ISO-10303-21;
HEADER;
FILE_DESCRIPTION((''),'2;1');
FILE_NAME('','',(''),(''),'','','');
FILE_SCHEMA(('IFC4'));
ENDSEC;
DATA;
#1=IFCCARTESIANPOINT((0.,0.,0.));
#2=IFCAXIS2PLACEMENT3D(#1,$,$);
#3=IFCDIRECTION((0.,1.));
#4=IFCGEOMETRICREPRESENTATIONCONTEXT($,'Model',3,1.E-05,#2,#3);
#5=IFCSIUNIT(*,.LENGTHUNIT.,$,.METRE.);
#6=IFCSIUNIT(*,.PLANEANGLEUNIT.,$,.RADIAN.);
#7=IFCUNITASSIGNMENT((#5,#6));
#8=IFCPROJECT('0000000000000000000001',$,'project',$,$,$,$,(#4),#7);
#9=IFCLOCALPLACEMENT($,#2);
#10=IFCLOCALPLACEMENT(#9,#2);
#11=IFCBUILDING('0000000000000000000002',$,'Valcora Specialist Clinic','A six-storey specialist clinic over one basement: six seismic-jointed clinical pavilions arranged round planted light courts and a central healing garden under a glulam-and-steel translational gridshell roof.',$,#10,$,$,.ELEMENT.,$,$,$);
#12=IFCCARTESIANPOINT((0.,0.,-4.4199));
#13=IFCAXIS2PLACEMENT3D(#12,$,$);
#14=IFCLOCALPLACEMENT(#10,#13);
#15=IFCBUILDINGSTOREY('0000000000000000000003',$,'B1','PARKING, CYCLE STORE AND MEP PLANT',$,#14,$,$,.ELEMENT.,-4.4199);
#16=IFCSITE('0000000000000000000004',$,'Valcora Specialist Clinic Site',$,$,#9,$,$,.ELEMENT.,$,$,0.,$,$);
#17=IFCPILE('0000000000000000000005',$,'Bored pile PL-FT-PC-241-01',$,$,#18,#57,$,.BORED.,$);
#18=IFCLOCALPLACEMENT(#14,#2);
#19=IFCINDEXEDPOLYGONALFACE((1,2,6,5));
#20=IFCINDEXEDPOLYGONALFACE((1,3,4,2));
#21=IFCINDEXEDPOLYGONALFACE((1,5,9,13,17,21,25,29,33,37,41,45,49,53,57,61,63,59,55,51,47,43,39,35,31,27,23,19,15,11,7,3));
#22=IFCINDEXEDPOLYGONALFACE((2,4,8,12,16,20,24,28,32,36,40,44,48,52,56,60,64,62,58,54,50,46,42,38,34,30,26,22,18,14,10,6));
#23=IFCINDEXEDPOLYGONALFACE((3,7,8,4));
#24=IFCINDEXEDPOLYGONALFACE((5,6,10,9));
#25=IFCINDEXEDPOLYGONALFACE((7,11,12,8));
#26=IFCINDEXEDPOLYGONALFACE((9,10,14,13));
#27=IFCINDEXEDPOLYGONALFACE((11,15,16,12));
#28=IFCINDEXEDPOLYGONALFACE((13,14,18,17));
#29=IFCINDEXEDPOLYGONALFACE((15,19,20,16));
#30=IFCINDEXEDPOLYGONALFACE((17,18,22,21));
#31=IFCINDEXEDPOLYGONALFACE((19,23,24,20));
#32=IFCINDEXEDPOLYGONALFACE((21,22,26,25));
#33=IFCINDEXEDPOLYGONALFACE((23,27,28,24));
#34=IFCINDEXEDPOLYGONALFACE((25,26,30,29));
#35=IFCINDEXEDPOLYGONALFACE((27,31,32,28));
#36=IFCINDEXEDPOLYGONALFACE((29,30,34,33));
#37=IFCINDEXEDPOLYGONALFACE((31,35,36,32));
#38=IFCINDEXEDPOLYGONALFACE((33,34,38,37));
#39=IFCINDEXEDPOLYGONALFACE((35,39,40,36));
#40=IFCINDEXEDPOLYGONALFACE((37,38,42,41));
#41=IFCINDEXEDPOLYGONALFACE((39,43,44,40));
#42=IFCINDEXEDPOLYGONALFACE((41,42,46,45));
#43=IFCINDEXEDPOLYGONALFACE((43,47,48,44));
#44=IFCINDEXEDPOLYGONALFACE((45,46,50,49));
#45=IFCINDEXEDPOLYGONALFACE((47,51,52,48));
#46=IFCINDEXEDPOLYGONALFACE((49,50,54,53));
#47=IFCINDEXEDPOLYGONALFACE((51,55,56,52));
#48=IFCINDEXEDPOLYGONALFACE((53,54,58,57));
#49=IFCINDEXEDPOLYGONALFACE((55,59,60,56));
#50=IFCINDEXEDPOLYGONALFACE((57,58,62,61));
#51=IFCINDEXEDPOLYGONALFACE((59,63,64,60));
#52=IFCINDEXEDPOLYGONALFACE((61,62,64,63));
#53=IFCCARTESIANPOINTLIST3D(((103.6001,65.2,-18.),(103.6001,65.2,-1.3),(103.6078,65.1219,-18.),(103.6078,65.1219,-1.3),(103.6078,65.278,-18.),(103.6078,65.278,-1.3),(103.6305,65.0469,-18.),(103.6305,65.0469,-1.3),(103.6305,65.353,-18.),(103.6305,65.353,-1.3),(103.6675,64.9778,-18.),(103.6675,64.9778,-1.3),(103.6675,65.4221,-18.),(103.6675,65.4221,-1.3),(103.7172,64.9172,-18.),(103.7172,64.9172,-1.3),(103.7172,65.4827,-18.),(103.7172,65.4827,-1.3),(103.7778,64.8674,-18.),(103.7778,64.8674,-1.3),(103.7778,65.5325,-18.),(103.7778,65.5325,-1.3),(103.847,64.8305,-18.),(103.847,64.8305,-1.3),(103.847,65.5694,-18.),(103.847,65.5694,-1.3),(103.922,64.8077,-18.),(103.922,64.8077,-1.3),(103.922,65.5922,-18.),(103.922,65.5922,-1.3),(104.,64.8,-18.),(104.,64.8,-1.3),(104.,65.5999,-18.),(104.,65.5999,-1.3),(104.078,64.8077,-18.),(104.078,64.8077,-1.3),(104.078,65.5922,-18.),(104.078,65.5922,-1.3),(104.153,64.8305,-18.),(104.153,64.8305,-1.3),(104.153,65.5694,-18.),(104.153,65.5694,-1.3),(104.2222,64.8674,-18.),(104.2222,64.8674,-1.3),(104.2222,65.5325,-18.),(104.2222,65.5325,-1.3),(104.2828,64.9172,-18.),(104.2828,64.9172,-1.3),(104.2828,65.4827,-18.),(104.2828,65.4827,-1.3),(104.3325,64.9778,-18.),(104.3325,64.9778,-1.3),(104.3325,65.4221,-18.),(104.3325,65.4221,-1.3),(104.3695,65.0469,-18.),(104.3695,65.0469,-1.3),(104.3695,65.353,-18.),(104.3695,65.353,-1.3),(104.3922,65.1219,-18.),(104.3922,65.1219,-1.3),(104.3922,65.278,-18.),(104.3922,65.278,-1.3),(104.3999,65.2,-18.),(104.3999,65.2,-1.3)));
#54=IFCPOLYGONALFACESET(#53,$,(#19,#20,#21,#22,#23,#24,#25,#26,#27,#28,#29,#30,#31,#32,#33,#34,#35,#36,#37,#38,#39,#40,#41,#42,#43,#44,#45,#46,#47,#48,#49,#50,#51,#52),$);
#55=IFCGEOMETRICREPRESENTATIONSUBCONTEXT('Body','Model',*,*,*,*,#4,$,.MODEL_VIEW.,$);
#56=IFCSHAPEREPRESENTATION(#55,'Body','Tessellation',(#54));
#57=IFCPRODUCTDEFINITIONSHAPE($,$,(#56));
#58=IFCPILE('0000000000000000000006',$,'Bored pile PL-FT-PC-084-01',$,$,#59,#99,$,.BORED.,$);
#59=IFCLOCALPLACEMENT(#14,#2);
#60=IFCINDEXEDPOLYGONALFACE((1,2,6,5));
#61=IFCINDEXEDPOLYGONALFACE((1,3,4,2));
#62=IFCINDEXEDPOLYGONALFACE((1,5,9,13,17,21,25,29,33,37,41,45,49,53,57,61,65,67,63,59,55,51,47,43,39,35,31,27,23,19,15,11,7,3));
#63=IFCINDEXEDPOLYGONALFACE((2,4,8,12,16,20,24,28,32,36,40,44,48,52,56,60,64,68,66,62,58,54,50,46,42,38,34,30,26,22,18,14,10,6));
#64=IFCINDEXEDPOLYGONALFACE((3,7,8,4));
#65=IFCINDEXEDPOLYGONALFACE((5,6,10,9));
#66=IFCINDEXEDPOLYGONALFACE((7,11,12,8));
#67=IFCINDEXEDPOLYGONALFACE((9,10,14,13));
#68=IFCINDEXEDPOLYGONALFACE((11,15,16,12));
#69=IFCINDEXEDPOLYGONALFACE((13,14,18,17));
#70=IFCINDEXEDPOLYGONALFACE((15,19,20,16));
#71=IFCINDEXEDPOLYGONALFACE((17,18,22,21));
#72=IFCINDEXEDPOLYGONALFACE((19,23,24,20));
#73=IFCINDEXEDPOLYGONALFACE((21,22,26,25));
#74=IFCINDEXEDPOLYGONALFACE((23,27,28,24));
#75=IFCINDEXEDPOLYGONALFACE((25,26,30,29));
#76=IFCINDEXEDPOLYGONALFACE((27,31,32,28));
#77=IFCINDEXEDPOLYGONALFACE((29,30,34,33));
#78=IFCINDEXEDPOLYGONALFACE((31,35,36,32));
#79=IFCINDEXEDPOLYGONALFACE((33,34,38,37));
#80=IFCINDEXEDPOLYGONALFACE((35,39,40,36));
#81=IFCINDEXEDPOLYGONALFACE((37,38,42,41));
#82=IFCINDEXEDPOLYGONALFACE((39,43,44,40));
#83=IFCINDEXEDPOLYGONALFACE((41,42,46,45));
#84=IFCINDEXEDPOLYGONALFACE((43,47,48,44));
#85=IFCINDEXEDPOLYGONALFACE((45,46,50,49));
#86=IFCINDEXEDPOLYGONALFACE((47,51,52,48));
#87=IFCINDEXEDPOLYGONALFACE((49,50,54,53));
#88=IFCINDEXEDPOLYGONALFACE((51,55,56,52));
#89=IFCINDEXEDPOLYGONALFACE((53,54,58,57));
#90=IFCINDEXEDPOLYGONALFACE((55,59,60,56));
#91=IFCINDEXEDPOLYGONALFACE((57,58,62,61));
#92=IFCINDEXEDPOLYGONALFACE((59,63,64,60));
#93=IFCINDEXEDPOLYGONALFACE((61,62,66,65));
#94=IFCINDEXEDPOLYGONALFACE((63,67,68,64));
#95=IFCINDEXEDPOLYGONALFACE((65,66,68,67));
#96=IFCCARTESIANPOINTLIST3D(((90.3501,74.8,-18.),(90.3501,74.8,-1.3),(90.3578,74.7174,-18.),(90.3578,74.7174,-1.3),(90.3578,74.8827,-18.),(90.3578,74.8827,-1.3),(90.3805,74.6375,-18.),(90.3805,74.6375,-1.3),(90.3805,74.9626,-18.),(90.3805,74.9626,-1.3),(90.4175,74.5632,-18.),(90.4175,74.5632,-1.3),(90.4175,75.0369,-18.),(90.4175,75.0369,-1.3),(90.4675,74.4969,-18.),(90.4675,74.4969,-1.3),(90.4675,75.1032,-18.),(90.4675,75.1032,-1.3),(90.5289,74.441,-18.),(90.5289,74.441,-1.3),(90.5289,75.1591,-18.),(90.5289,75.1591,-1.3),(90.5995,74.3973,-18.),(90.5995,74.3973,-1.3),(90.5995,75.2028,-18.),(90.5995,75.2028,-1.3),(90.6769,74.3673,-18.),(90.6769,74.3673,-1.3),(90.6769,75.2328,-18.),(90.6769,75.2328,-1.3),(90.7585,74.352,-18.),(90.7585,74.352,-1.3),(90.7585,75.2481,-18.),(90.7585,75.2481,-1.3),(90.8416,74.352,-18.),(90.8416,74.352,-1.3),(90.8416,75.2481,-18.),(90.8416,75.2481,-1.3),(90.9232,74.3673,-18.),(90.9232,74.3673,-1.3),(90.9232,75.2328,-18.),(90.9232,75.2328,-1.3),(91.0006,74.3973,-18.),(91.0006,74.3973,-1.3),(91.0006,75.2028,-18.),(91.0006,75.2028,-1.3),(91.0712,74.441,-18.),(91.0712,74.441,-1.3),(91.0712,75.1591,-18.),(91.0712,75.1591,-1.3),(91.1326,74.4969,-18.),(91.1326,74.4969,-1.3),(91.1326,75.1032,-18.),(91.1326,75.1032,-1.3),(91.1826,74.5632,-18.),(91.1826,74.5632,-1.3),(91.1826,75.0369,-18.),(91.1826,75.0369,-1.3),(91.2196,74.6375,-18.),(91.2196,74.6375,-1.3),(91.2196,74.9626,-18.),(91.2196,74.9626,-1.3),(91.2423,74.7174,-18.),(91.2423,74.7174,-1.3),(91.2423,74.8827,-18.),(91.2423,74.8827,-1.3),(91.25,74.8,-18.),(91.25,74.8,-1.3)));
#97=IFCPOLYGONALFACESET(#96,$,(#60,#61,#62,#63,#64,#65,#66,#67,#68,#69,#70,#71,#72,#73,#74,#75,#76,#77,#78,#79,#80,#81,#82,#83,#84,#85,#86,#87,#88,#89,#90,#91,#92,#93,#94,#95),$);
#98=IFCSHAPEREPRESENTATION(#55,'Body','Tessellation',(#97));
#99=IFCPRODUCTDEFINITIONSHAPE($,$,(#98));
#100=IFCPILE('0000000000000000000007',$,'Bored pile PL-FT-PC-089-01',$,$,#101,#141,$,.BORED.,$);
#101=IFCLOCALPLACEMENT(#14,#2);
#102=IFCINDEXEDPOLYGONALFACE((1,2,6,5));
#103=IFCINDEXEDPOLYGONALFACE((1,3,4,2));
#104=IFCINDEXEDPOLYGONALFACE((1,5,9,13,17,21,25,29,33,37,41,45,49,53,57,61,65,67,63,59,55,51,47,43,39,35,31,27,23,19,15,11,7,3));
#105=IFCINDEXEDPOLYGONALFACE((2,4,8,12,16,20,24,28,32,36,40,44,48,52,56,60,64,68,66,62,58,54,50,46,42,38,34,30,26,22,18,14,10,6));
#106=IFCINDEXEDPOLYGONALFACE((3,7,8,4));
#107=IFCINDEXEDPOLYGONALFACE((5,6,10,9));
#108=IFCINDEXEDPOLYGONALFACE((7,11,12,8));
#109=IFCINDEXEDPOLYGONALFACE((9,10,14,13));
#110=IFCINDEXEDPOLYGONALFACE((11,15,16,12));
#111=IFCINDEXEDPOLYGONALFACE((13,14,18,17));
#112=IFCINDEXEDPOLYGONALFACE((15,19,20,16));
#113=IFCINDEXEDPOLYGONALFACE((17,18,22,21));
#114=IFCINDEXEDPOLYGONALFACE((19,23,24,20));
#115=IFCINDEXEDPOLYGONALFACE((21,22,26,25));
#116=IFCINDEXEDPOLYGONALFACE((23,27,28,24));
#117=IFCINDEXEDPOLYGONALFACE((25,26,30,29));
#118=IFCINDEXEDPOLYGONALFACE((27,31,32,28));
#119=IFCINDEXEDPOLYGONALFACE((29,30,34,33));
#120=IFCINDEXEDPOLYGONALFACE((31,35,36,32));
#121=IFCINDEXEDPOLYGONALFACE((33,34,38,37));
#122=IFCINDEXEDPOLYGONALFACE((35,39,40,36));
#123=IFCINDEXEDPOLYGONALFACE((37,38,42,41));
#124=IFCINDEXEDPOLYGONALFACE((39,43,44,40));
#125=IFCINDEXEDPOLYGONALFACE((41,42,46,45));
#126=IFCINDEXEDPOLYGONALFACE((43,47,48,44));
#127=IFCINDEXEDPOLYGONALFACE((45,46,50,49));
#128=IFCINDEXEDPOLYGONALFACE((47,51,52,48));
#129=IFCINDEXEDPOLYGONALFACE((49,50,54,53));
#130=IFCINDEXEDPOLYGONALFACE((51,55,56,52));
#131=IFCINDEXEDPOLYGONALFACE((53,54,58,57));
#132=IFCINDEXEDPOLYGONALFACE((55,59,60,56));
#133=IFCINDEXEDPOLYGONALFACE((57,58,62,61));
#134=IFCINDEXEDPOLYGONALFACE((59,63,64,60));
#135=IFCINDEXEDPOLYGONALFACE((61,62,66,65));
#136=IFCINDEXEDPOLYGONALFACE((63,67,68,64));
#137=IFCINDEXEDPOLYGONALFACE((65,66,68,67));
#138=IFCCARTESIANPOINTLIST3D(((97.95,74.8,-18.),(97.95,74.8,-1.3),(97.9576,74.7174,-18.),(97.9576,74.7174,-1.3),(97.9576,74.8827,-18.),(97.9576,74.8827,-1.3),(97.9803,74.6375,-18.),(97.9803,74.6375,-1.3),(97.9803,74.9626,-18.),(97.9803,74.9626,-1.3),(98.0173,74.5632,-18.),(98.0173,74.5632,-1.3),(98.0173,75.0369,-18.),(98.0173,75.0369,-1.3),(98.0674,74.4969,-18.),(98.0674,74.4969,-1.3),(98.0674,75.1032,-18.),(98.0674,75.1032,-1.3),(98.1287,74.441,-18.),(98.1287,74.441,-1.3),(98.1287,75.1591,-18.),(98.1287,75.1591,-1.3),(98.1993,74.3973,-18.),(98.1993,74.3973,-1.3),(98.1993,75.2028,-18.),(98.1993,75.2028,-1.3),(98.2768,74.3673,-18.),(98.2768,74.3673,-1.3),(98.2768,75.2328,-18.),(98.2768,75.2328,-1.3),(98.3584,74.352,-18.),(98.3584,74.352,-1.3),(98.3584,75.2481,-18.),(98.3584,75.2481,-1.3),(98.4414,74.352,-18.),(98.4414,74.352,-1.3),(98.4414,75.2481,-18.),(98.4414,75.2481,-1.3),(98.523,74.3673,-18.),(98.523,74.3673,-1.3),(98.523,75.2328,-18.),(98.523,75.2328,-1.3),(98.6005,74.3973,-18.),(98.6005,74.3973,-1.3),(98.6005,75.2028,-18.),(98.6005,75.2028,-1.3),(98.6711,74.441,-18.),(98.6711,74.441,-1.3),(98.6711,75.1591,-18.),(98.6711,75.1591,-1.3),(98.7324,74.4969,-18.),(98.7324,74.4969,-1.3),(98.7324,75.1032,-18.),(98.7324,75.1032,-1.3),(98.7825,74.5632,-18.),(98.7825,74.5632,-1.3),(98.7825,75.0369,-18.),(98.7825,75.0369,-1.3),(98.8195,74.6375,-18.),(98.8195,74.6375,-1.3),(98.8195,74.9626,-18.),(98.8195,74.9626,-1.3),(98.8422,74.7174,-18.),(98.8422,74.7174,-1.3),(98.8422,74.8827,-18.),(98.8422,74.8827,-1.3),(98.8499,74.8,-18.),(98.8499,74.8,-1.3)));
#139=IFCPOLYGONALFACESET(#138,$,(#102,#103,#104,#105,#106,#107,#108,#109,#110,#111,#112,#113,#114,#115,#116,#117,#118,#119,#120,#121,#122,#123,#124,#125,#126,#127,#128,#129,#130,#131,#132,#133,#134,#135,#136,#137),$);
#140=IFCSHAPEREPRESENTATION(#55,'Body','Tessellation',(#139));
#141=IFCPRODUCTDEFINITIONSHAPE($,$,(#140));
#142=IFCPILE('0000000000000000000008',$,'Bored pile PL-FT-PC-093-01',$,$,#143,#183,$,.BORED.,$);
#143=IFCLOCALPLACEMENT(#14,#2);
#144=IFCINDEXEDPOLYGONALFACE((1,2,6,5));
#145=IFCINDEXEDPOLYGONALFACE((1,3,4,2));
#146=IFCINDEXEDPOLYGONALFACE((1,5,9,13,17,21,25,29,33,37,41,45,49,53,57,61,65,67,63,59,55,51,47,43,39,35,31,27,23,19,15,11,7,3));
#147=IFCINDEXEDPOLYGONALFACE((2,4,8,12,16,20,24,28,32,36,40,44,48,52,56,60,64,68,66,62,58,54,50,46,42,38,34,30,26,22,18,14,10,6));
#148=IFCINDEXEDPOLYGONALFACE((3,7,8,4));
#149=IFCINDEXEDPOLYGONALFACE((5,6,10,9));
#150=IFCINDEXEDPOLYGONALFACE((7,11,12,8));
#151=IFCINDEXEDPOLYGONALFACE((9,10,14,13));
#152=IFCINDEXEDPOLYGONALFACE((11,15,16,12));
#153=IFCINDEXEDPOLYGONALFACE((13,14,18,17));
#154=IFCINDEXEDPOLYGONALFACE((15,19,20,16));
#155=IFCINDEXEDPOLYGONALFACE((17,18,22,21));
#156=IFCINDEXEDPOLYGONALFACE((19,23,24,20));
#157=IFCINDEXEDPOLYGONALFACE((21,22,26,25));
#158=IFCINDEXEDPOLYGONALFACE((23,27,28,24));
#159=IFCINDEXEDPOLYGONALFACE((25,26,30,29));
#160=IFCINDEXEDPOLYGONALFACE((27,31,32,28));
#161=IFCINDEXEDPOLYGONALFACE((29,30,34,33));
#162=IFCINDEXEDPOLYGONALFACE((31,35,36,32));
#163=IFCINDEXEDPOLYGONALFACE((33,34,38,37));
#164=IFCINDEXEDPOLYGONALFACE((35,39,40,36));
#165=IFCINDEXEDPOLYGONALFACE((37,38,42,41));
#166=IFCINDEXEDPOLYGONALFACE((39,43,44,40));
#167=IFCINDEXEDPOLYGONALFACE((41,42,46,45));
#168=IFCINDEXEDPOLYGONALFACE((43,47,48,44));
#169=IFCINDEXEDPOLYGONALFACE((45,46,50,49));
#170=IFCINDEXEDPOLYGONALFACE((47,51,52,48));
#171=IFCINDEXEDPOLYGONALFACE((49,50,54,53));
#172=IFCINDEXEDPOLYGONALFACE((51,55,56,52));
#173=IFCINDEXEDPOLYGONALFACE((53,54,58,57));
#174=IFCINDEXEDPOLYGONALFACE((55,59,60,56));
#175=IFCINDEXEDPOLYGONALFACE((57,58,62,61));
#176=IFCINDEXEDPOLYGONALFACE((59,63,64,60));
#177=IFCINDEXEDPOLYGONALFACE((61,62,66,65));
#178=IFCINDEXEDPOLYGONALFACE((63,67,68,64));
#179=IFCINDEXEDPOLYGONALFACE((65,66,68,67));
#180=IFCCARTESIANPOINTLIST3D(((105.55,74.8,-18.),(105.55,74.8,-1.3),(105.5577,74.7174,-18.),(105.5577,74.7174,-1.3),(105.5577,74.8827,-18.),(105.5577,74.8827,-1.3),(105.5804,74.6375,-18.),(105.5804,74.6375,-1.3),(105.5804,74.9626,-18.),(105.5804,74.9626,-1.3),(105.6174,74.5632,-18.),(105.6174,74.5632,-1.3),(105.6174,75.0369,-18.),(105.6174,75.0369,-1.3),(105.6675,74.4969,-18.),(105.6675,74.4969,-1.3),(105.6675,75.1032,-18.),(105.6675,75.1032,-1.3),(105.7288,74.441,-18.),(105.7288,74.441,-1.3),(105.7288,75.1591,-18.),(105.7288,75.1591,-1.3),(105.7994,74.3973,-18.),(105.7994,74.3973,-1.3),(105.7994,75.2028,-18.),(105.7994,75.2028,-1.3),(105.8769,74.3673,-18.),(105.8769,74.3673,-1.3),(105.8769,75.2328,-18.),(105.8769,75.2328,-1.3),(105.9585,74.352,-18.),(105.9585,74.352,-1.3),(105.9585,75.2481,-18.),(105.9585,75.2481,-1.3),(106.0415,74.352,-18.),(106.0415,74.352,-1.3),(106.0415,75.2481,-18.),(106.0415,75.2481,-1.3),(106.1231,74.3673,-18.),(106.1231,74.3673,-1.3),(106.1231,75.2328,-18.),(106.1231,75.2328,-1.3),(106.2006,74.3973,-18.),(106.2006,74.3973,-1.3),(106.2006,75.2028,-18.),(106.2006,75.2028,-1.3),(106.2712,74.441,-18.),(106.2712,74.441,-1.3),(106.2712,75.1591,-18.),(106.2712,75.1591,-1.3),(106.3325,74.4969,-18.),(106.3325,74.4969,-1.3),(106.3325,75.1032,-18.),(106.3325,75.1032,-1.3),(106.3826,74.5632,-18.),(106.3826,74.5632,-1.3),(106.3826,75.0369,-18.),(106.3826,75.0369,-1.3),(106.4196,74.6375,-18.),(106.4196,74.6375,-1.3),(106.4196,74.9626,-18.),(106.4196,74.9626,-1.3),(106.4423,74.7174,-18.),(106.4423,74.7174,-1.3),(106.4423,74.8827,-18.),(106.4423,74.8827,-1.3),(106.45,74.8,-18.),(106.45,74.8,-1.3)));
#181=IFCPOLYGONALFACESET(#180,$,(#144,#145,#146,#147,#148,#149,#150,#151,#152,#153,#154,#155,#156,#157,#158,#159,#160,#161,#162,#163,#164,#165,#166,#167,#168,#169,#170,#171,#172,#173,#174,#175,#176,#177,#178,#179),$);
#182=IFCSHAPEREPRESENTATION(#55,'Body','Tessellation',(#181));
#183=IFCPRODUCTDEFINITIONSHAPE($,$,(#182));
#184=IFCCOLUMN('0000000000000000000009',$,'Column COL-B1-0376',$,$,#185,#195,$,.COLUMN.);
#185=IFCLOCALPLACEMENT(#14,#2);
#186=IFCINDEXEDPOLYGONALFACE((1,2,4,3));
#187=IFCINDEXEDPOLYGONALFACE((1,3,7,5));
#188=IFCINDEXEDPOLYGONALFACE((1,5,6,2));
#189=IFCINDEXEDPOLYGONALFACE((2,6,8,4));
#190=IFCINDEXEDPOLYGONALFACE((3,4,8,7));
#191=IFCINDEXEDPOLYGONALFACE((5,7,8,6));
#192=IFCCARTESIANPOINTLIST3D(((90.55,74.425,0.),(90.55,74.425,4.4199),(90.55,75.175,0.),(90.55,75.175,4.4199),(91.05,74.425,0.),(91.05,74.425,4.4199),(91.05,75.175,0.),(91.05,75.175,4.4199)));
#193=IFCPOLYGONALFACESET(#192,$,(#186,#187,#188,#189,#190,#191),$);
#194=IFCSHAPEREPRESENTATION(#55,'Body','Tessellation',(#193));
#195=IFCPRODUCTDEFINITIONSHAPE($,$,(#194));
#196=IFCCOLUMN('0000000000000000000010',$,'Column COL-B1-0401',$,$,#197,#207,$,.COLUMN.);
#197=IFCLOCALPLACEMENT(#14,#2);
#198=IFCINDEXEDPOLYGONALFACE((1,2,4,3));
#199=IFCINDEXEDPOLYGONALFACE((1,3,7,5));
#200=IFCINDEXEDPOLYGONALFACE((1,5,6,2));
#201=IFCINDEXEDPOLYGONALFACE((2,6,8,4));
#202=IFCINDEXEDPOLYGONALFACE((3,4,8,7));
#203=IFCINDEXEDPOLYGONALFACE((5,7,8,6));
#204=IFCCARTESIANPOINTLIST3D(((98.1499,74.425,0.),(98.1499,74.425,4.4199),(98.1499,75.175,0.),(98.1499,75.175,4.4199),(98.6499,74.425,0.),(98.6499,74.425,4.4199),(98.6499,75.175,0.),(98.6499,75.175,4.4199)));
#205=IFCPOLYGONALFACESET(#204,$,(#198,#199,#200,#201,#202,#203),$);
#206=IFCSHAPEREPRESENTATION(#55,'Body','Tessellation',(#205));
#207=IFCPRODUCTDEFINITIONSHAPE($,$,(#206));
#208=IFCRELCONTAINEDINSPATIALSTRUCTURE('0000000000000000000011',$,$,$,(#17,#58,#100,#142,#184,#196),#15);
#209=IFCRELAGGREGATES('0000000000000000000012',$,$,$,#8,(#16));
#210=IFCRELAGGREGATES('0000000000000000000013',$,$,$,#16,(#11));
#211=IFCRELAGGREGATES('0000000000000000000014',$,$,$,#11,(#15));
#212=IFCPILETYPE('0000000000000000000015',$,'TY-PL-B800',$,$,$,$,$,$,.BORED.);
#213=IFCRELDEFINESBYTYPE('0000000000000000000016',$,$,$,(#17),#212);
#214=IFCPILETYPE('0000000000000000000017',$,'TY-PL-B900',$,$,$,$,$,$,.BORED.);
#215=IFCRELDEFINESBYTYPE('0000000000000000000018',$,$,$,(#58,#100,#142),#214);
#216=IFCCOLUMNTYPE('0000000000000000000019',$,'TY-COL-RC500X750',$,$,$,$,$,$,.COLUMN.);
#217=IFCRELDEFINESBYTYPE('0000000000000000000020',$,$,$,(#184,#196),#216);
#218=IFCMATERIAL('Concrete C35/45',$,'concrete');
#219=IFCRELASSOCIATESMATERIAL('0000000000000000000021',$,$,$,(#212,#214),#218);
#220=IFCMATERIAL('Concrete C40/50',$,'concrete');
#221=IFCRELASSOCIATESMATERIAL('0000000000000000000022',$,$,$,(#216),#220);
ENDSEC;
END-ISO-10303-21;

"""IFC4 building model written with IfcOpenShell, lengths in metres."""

from ifc_helpers import new_model, si_unit, direction, frame, origin, origin_2d, place, context, subcontext, project, spatial, rectangle, circle, extrude, material, material_profile, profile_set, type_object, element, save


model = new_model("IFC4")

# Units and contexts
model_context = context("Model", 3, precision=1e-05, world=origin(), true_north=direction((0.0, 1.0)))
body_context = subcontext(model_context, "Body", "Model", "MODEL_VIEW")
ifc_project = project(units=[si_unit("LENGTHUNIT", "METRE"), si_unit("PLANEANGLEUNIT", "RADIAN")], contexts=[model_context])

# Site, building, storey
site_placement = place(None, origin())
site = spatial("IfcSite", under=ifc_project, at=site_placement, Name="Valcora Specialist Clinic Site", CompositionType="ELEMENT", RefElevation=0.0)
building_placement = place(site_placement, origin())
building = spatial("IfcBuilding", under=site, at=building_placement, Name="Valcora Specialist Clinic", Description="A six-storey specialist clinic over one basement: six seismic-jointed clinical pavilions arranged round planted light courts and a central healing garden under a glulam-and-steel translational gridshell roof.", CompositionType="ELEMENT")
storey_placement = place(building_placement, frame((0.0, 0.0, -4.4199)))
storey = spatial("IfcBuildingStorey", under=building, at=storey_placement, Name="B1", Description="PARKING, CYCLE STORE AND MEP PLANT", CompositionType="ELEMENT", Elevation=-4.4199)

# Shared definitions
ifc_material_1 = material(Name="Concrete C35/45", Category="concrete")

# Piles
ifc_material_profile_1 = material_profile(ifc_material_1, circle(Radius=0.3999, at=origin_2d()), Name="RC-PIL-D800")
ifc_profile_set_1 = profile_set([ifc_material_profile_1], Name="Concrete C35/45")
pile_type_1 = type_object("IfcPileType", Name="TY-PL-B800", PredefinedType="BORED", material=ifc_profile_set_1)
for number, where, z_axis, x_axis, name in (
    (1, (104.0, 65.2, -1.3), (0.0, 0.0, -1.0), (1.0, 0.0, 0.0), "Bored pile PL-FT-PC-241-01"),
):
    element("IfcPile", number, at=place(storey_placement, frame(where, z_axis=z_axis, x_axis=x_axis)), inside=storey, type_object=pile_type_1, Name=name, PredefinedType="BORED", context=body_context, shape_type="SweptSolid", body=[
        extrude(circle(Radius=0.3999, at=origin_2d()), origin(), (0.0, 0.0, 1.0), 16.7),
    ])
ifc_material_profile_2 = material_profile(ifc_material_1, circle(Radius=0.45, at=origin_2d()), Name="RC-PIL-D900")
ifc_profile_set_2 = profile_set([ifc_material_profile_2], Name="Concrete C35/45")
pile_type_2 = type_object("IfcPileType", Name="TY-PL-B900", PredefinedType="BORED", material=ifc_profile_set_2)
for number, where, z_axis, x_axis, name in (
    (2, (90.8, 74.8, -1.3), (0.0, 0.0, -1.0), (1.0, 0.0, 0.0), "Bored pile PL-FT-PC-084-01"),
    (3, (98.3999, 74.8, -1.3), (0.0, 0.0, -1.0), (1.0, 0.0, 0.0), "Bored pile PL-FT-PC-089-01"),
    (4, (106.0, 74.8, -1.3), (0.0, 0.0, -1.0), (1.0, 0.0, 0.0), "Bored pile PL-FT-PC-093-01"),
):
    element("IfcPile", number, at=place(storey_placement, frame(where, z_axis=z_axis, x_axis=x_axis)), inside=storey, type_object=pile_type_2, Name=name, PredefinedType="BORED", context=body_context, shape_type="SweptSolid", body=[
        extrude(circle(Radius=0.45, at=origin_2d()), origin(), (0.0, 0.0, 1.0), 16.7),
    ])

# Columns
ifc_material_2 = material(Name="Concrete C40/50", Category="concrete")
ifc_material_profile_3 = material_profile(ifc_material_2, rectangle(XDim=0.5, YDim=0.75, at=origin_2d()), Name="RC-COL-500X750")
ifc_profile_set_3 = profile_set([ifc_material_profile_3], Name="Concrete C40/50")
column_type_1 = type_object("IfcColumnType", Name="TY-COL-RC500X750", PredefinedType="COLUMN", material=ifc_profile_set_3)
for number, where, z_axis, x_axis, name in (
    (5, (90.8, 74.8, 0.0), (0.0, 0.0, 1.0), (1.0, 0.0, 0.0), "Column COL-B1-0376"),
    (6, (98.3999, 74.8, 0.0), (0.0, 0.0, 1.0), (1.0, 0.0, 0.0), "Column COL-B1-0401"),
):
    element("IfcColumn", number, at=place(storey_placement, frame(where, z_axis=z_axis, x_axis=x_axis)), inside=storey, type_object=column_type_1, Name=name, PredefinedType="COLUMN", context=body_context, shape_type="SweptSolid", body=[
        extrude(rectangle(XDim=0.5, YDim=0.75, at=origin_2d()), origin(), (0.0, 0.0, 1.0), 4.4199),
    ])

save(model, "model.ifc")
